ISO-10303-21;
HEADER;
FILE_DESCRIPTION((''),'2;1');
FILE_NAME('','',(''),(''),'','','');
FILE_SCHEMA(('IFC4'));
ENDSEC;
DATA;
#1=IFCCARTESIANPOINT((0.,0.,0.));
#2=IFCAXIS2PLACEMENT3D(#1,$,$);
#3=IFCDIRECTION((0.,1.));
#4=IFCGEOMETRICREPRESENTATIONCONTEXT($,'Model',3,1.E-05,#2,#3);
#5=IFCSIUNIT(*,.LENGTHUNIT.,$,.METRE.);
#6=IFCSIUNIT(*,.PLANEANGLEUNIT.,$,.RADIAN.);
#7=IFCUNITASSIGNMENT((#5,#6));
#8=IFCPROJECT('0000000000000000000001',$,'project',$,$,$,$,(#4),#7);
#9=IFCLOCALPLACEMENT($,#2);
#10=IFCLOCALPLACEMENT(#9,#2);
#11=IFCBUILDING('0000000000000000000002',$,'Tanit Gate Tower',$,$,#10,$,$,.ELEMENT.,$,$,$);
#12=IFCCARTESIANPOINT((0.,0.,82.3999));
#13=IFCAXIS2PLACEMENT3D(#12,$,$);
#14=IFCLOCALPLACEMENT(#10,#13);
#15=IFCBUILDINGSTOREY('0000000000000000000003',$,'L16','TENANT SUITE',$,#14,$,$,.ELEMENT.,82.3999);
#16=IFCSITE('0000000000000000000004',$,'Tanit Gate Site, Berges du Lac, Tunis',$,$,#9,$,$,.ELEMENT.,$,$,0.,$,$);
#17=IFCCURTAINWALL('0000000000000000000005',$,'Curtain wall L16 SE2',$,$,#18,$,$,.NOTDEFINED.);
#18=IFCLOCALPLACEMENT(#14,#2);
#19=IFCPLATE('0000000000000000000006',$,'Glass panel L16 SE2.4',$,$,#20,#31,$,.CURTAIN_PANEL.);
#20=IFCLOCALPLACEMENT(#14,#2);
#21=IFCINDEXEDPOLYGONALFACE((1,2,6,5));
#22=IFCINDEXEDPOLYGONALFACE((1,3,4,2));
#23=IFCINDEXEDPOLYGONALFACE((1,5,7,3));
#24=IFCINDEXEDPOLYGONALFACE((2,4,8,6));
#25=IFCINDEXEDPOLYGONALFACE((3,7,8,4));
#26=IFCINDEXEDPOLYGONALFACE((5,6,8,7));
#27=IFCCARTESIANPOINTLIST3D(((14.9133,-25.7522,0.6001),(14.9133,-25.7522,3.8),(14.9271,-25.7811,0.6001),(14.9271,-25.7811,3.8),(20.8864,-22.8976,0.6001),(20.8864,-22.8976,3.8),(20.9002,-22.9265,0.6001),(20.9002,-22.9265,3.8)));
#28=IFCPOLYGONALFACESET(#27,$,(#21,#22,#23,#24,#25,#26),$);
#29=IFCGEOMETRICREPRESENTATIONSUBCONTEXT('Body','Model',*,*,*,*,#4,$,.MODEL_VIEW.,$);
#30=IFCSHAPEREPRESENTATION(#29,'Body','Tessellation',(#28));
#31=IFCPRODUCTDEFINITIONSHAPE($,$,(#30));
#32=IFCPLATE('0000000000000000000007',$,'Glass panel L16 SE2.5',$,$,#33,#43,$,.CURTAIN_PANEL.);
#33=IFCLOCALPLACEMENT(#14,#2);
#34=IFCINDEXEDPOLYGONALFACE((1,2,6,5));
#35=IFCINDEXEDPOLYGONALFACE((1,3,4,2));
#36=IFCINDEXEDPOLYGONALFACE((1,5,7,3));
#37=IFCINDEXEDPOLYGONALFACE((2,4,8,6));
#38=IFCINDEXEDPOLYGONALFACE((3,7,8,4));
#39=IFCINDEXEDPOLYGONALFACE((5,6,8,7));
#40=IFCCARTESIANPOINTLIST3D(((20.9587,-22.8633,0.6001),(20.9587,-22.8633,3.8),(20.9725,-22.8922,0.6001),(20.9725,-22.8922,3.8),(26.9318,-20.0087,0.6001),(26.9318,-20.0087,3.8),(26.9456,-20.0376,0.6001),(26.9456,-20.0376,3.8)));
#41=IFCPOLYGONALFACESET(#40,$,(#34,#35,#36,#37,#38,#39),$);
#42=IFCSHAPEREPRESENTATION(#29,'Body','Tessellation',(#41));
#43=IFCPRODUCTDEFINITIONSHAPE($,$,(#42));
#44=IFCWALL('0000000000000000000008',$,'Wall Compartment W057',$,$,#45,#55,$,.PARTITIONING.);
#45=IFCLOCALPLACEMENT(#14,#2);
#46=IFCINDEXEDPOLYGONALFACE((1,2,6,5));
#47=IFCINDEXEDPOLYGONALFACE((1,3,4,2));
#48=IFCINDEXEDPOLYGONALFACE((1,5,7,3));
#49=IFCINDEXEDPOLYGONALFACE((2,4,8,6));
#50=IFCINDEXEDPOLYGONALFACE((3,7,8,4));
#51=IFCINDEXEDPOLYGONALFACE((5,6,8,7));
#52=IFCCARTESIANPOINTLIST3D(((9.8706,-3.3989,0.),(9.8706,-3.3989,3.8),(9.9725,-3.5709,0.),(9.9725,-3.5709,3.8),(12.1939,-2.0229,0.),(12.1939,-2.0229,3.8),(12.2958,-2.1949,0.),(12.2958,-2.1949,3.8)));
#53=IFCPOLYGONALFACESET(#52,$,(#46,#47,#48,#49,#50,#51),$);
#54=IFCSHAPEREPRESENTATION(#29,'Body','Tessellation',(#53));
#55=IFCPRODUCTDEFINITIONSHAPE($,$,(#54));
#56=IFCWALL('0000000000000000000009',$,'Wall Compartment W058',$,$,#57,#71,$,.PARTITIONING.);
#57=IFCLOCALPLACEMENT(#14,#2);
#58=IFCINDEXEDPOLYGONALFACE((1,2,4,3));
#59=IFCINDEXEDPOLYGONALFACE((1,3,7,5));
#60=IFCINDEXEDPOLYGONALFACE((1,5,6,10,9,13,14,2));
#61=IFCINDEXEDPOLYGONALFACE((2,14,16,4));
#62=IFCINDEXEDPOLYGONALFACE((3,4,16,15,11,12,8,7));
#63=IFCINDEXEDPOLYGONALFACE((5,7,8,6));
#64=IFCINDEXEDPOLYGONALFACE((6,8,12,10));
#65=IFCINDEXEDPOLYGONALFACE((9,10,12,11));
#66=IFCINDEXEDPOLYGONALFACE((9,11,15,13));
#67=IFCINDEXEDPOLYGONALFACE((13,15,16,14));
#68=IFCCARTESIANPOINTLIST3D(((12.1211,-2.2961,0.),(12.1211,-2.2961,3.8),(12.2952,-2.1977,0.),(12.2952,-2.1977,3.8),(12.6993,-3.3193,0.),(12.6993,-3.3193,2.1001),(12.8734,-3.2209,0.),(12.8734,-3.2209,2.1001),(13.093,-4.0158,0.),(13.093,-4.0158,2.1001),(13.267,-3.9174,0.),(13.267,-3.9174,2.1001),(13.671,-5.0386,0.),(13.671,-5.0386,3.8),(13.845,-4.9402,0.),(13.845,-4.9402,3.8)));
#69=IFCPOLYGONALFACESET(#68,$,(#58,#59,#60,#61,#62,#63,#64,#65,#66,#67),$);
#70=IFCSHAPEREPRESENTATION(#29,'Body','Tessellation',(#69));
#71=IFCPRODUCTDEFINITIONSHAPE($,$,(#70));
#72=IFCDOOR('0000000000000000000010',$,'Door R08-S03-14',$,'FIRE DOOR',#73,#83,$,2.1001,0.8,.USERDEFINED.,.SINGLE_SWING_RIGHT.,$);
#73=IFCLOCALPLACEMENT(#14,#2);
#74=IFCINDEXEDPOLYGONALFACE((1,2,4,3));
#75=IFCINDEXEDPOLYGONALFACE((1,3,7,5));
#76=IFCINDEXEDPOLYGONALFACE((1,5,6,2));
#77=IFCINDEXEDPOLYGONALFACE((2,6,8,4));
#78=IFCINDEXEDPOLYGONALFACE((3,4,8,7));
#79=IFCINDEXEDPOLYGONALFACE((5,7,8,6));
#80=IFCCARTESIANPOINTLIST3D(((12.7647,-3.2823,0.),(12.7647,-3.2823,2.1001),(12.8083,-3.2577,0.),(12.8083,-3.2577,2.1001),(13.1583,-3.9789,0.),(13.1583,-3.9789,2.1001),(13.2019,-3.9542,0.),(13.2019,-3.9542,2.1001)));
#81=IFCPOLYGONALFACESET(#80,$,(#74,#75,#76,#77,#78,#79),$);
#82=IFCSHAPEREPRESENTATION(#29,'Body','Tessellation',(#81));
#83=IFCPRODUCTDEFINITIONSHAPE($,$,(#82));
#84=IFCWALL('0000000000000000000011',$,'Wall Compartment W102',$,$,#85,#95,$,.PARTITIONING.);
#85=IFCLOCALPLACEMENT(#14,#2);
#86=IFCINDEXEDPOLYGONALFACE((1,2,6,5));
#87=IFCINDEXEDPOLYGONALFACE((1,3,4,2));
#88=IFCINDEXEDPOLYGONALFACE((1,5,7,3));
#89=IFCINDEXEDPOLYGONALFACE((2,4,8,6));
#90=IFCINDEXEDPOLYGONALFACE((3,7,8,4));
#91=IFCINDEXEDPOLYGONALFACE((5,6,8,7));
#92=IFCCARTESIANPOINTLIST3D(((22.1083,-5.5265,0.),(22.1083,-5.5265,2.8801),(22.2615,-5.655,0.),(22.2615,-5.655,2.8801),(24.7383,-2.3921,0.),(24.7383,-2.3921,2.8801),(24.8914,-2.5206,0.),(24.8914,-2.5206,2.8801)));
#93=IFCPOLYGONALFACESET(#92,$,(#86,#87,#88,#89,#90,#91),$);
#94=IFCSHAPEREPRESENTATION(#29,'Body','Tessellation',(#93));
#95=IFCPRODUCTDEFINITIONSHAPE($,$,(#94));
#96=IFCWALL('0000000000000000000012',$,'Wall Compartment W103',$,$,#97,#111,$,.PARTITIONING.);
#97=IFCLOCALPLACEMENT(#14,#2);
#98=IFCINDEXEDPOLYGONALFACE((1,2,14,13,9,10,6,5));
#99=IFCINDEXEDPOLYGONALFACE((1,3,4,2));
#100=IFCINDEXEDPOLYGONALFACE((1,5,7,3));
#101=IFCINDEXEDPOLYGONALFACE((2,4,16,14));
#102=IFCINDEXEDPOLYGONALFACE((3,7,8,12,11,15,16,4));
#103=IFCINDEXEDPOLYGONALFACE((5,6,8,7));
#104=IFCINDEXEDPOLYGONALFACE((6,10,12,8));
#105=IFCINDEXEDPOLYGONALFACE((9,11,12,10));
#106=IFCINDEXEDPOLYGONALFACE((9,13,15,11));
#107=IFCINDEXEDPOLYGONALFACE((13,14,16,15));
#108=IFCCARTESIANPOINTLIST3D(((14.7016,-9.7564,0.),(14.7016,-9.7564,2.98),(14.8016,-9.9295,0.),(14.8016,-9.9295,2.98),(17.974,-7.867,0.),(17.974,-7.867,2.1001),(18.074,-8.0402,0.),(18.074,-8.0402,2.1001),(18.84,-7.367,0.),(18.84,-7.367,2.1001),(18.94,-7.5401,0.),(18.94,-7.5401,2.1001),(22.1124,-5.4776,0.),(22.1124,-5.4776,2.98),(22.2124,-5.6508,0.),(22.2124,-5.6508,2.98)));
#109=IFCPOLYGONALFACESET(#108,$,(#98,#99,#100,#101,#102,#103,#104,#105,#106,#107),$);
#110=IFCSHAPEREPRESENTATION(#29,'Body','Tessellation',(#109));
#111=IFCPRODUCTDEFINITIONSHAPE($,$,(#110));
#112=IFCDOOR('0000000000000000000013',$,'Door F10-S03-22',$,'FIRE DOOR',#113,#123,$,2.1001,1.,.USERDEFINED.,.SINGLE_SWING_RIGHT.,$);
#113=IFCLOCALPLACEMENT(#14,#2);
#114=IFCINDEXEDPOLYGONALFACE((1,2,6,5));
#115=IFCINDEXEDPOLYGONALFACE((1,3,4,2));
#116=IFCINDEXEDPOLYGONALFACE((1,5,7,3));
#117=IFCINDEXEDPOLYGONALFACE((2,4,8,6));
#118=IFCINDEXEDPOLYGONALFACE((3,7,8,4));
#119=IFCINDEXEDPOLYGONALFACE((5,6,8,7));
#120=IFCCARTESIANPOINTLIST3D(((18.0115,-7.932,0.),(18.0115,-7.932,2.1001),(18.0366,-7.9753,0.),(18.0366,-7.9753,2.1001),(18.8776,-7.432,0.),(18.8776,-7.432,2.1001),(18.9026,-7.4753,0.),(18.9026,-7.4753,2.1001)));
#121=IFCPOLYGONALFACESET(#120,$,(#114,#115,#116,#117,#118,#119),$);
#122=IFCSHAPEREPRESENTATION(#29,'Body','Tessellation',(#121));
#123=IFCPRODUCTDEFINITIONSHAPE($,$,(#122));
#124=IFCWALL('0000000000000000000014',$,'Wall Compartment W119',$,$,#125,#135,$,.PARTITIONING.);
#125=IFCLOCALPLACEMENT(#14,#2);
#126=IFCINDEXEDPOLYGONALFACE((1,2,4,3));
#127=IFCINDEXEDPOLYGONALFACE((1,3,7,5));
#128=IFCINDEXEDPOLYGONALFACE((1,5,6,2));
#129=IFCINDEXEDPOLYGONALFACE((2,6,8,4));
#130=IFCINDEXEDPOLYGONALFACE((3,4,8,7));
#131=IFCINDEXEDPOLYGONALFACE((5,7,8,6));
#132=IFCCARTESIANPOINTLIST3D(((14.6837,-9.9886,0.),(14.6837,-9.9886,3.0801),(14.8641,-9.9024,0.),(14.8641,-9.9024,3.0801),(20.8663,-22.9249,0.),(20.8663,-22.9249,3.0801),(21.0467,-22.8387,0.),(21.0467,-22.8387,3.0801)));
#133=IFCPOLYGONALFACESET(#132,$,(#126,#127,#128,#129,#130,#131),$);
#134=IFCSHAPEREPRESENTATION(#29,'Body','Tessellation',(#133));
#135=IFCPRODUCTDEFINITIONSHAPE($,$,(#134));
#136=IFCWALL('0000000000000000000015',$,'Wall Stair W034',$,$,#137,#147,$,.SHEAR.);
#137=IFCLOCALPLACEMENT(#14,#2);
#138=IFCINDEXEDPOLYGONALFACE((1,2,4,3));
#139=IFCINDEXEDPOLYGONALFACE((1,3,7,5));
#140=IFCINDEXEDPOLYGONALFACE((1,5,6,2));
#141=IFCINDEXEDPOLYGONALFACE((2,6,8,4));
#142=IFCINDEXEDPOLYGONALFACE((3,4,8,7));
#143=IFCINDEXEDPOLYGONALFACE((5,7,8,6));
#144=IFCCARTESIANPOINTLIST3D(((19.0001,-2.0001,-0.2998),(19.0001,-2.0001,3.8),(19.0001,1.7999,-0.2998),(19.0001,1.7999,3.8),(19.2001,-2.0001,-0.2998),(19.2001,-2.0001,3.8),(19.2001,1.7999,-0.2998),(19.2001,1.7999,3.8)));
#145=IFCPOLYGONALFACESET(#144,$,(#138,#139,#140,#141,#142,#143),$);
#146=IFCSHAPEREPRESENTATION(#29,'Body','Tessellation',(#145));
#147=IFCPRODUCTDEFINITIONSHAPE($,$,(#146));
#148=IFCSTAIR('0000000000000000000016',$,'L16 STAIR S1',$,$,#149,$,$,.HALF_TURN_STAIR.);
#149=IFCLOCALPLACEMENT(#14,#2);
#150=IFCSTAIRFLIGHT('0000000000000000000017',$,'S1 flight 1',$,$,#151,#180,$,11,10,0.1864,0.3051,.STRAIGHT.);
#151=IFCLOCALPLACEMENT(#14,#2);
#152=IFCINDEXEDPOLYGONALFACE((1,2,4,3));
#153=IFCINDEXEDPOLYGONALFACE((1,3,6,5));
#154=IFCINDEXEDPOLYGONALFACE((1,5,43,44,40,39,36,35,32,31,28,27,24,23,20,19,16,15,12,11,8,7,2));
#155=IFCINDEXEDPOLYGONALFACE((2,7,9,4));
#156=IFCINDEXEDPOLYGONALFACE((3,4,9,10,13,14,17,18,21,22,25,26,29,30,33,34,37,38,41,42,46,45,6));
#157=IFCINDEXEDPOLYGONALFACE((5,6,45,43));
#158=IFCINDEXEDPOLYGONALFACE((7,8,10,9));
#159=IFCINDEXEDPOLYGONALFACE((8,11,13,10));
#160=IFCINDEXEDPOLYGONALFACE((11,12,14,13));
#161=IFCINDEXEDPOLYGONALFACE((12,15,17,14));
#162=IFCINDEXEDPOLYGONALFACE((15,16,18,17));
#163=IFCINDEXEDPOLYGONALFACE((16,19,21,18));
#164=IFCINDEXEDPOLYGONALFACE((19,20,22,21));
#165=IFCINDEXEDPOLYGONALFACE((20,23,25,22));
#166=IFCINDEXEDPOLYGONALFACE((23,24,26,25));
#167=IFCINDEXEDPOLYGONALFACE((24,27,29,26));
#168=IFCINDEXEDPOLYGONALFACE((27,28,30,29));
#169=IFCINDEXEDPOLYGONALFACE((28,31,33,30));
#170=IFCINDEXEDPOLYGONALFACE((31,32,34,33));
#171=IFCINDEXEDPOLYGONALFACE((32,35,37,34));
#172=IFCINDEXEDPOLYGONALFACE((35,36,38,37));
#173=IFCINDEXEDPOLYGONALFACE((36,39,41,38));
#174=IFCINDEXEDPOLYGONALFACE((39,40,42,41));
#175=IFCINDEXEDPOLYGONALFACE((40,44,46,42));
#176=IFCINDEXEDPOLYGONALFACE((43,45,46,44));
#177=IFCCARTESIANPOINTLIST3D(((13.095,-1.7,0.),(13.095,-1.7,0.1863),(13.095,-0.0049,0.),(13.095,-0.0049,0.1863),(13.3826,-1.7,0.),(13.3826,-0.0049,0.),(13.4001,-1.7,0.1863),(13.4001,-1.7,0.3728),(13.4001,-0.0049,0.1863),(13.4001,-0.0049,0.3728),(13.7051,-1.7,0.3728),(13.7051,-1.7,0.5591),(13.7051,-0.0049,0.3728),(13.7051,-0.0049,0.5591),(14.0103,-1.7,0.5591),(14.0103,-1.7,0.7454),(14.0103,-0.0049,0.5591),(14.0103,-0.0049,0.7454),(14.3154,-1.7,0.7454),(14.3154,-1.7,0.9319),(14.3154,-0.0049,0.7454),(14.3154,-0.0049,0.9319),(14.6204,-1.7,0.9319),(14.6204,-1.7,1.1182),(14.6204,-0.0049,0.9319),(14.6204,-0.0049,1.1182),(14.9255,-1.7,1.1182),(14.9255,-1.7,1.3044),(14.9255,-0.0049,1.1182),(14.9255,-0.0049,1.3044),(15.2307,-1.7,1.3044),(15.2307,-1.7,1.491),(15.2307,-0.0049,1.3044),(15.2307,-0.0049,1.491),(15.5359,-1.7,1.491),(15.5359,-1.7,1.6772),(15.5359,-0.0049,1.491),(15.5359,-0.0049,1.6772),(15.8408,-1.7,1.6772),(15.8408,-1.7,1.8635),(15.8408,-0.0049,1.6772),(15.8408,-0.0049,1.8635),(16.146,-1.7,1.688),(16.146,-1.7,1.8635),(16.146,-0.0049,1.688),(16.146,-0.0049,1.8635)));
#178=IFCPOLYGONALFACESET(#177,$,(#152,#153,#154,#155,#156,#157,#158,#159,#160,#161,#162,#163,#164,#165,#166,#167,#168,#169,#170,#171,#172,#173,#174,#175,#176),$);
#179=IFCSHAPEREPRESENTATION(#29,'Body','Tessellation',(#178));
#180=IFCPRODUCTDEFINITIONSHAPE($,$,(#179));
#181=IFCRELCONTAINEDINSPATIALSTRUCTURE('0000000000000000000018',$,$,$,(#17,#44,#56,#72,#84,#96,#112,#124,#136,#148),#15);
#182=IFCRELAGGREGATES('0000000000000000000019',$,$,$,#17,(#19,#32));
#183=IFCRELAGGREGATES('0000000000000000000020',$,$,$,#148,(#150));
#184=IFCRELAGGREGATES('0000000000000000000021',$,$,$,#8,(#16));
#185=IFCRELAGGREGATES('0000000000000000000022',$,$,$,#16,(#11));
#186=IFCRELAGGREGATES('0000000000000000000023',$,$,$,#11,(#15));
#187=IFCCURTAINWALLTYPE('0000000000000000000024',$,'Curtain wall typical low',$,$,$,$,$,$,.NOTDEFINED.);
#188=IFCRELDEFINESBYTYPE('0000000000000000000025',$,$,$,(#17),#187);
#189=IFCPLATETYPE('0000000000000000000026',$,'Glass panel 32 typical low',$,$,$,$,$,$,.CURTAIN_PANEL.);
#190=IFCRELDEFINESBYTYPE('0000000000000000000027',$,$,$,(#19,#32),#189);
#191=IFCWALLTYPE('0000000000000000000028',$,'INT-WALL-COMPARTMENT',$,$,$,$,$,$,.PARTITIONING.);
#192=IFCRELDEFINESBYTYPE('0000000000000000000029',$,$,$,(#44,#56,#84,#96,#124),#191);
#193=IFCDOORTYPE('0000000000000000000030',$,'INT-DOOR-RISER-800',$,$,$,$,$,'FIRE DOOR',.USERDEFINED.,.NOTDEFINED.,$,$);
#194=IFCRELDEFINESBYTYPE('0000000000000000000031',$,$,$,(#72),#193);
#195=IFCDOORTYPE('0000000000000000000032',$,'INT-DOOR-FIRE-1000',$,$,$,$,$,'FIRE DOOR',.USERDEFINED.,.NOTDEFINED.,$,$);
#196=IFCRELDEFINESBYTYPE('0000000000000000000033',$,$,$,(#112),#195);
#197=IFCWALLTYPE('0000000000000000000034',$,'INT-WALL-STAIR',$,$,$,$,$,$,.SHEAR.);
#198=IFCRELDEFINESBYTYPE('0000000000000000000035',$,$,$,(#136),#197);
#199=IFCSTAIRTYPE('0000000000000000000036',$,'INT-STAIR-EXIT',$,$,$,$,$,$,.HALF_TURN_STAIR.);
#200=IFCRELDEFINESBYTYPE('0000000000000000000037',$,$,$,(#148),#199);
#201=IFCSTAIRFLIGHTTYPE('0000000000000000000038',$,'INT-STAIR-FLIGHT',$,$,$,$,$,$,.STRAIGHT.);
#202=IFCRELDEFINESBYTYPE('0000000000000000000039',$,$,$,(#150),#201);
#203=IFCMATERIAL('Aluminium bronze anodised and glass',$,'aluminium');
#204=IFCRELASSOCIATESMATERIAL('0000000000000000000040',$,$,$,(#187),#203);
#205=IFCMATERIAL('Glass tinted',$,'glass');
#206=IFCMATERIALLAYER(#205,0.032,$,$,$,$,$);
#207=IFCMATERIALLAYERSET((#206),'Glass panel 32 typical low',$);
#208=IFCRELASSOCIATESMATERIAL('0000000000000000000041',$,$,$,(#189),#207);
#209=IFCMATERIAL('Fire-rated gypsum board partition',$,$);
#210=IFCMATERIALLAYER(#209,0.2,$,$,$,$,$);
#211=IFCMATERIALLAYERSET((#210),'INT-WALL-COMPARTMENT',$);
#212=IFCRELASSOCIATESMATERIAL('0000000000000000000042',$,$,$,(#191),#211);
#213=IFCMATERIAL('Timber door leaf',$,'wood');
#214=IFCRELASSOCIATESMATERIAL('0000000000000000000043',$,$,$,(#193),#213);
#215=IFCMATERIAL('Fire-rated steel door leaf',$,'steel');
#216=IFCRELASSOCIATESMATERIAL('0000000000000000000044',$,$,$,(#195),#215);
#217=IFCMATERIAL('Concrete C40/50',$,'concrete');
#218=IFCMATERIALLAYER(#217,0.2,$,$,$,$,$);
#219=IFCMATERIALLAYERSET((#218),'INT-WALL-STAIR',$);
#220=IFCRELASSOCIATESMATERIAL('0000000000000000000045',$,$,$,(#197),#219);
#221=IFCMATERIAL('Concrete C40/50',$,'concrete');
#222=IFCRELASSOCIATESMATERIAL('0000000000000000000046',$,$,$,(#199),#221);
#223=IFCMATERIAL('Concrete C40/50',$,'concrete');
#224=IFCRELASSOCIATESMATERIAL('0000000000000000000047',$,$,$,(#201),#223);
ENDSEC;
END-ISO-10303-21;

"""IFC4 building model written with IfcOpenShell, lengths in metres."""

from ifc_helpers import new_model, si_unit, direction, frame, frame_2d, origin, origin_2d, place, context, subcontext, project, spatial, polyline, rectangle, outline, extrude, material, layer, layer_set, type_object, element, fill, aggregate, save


model = new_model("IFC4")

# Units and contexts
model_context = context("Model", 3, precision=1e-05, world=origin(), true_north=direction((0.0, 1.0)))
body_context = subcontext(model_context, "Body", "Model", "MODEL_VIEW")
ifc_project = project(units=[si_unit("LENGTHUNIT", "METRE"), si_unit("PLANEANGLEUNIT", "RADIAN")], contexts=[model_context])

# Site, building, storey
site_placement = place(None, origin())
site = spatial("IfcSite", under=ifc_project, at=site_placement, Name="Tanit Gate Site, Berges du Lac, Tunis", CompositionType="ELEMENT", RefElevation=0.0)
building_placement = place(site_placement, origin())
building = spatial("IfcBuilding", under=site, at=building_placement, Name="Tanit Gate Tower", CompositionType="ELEMENT")
storey_placement = place(building_placement, frame((0.0, 0.0, 82.3999)))
storey = spatial("IfcBuildingStorey", under=building, at=storey_placement, Name="L16", Description="TENANT SUITE", CompositionType="ELEMENT", Elevation=82.3999)

# Curtain wall
ifc_material_1 = material(Name="Aluminium bronze anodised and glass", Category="aluminium")
curtain_wall_type = type_object("IfcCurtainWallType", Name="Curtain wall typical low", PredefinedType="NOTDEFINED", material=ifc_material_1)
curtain_wall_placement = place(storey_placement, origin())
curtain_wall = element("IfcCurtainWall", 1, at=curtain_wall_placement, inside=storey, type_object=curtain_wall_type, Name="Curtain wall L16 SE2", PredefinedType="NOTDEFINED")

# Plates
ifc_material_2 = material(Name="Glass tinted", Category="glass")
ifc_layer_1 = layer(ifc_material_2, 0.032)
ifc_layer_set_1 = layer_set([ifc_layer_1], Name="Glass panel 32 typical low")
plate_type = type_object("IfcPlateType", Name="Glass panel 32 typical low", PredefinedType="CURTAIN_PANEL", material=ifc_layer_set_1)
plate_1_placement = place(storey_placement, frame((17.9067, -24.3394, 0.6001), z_axis=(0.0, 0.0, 1.0), x_axis=(0.902258, 0.431197, 0.0)))
plate_1 = element("IfcPlate", 2, at=plate_1_placement, type_object=plate_type, Name="Glass panel L16 SE2.4", PredefinedType="CURTAIN_PANEL", context=body_context, shape_type="SweptSolid", body=[
    extrude(rectangle(XDim=6.6201, YDim=0.032, at=origin_2d()), origin(), (0.0, 0.0, 1.0), 3.2),
])
plate_2_placement = place(storey_placement, frame((23.9521, -21.4504, 0.6001), z_axis=(0.0, 0.0, 1.0), x_axis=(0.902258, 0.431197, 0.0)))
plate_2 = element("IfcPlate", 3, at=plate_2_placement, type_object=plate_type, Name="Glass panel L16 SE2.5", PredefinedType="CURTAIN_PANEL", context=body_context, shape_type="SweptSolid", body=[
    extrude(rectangle(XDim=6.6201, YDim=0.032, at=origin_2d()), origin(), (0.0, 0.0, 1.0), 3.2),
])
aggregate(curtain_wall, [plate_1, plate_2])

# Wall
ifc_material_3 = material(Name="Fire-rated gypsum board partition")
ifc_layer_2 = layer(ifc_material_3, 0.2)
ifc_layer_set_2 = layer_set([ifc_layer_2], Name="INT-WALL-COMPARTMENT")
wall_type_1 = type_object("IfcWallType", Name="INT-WALL-COMPARTMENT", PredefinedType="PARTITIONING", material=ifc_layer_set_2)
wall_1_placement = place(storey_placement, frame((12.2449, -2.1089, 0.0), z_axis=(0.0, 0.0, 1.0), x_axis=(-0.860415, -0.509594, 0.0)))
element("IfcWall", 4, at=wall_1_placement, inside=storey, type_object=wall_type_1, Name="Wall Compartment W057", PredefinedType="PARTITIONING", context=body_context, shape_type="SweptSolid", body=[
    extrude(rectangle(XDim=2.7002, YDim=0.2, at=frame_2d((1.3501, 0.0))), origin(), (0.0, 0.0, 1.0), 3.8),
])

# Wall, opening, door
wall_2_placement = place(storey_placement, frame((13.7581, -4.9895, 0.0), z_axis=(0.0, 0.0, 1.0), x_axis=(-0.491993, 0.870599, 0.0)))
wall_2 = element("IfcWall", 5, at=wall_2_placement, inside=storey, type_object=wall_type_1, Name="Wall Compartment W058", PredefinedType="PARTITIONING", context=body_context, shape_type="SweptSolid", body=[
    extrude(rectangle(XDim=3.1501, YDim=0.2, at=frame_2d((1.5752, 0.0))), origin(), (0.0, 0.0, 1.0), 3.8),
])
opening_1_placement = place(wall_2_placement, frame((1.175, 0.0, 0.0)))
opening_1 = element("IfcOpeningElement", 6, at=opening_1_placement, cuts=wall_2, PredefinedType="OPENING", context=body_context, shape_type="SweptSolid", body=[
    extrude(rectangle(XDim=0.8, YDim=2.1001, at=frame_2d((0.3999, 1.05))), frame((0.0, 0.1099, 0.0), z_axis=(0.0, -1.0, 0.0), x_axis=(1.0, 0.0, 0.0)), (0.0, 0.0, 1.0), 0.22),
])
ifc_material_4 = material(Name="Timber door leaf", Category="wood")
door_type_1 = type_object("IfcDoorType", Name="INT-DOOR-RISER-800", ElementType="FIRE DOOR", OperationType="NOTDEFINED", PredefinedType="USERDEFINED", material=ifc_material_4)
door_1_placement = place(opening_1_placement, origin())
door_1 = element("IfcDoor", 7, at=door_1_placement, inside=storey, type_object=door_type_1, Name="Door R08-S03-14", ObjectType="FIRE DOOR", OperationType="SINGLE_SWING_RIGHT", OverallHeight=2.1001, OverallWidth=0.8, PredefinedType="USERDEFINED", context=body_context, shape_type="SweptSolid", body=[
    extrude(rectangle(XDim=0.8, YDim=2.1001, at=frame_2d((0.3999, 1.05))), frame((0.0, 0.0249, 0.0), z_axis=(0.0, -1.0, 0.0), x_axis=(1.0, 0.0, 0.0)), (0.0, 0.0, 1.0), 0.05),
])
fill(opening_1, door_1)

# Wall
wall_3_placement = place(storey_placement, frame((22.1848, -5.5908, 0.0), z_axis=(0.0, 0.0, 1.0), x_axis=(0.642775, 0.766055, 0.0)))
element("IfcWall", 8, at=wall_3_placement, inside=storey, type_object=wall_type_1, Name="Wall Compartment W102", PredefinedType="PARTITIONING", context=body_context, shape_type="SweptSolid", body=[
    extrude(rectangle(XDim=4.0916, YDim=0.2, at=frame_2d((2.0459, 0.0))), origin(), (0.0, 0.0, 1.0), 2.8801),
])

# Wall, opening, door
wall_4_placement = place(storey_placement, frame((14.7515, -9.843, 0.0), z_axis=(0.0, 0.0, 1.0), x_axis=(0.866019, 0.500011, 0.0)))
wall_4 = element("IfcWall", 9, at=wall_4_placement, inside=storey, type_object=wall_type_1, Name="Wall Compartment W103", PredefinedType="PARTITIONING", context=body_context, shape_type="SweptSolid", body=[
    extrude(rectangle(XDim=8.5574, YDim=0.2, at=frame_2d((4.2788, 0.0))), origin(), (0.0, 0.0, 1.0), 2.98),
])
opening_2_placement = place(wall_4_placement, frame((3.7788, 0.0, 0.0)))
opening_2 = element("IfcOpeningElement", 10, at=opening_2_placement, cuts=wall_4, PredefinedType="OPENING", context=body_context, shape_type="SweptSolid", body=[
    extrude(rectangle(XDim=1.0, YDim=2.1001, at=frame_2d((0.5, 1.05))), frame((0.0, 0.1099, 0.0), z_axis=(0.0, -1.0, 0.0), x_axis=(1.0, 0.0, 0.0)), (0.0, 0.0, 1.0), 0.22),
])
ifc_material_5 = material(Name="Fire-rated steel door leaf", Category="steel")
door_type_2 = type_object("IfcDoorType", Name="INT-DOOR-FIRE-1000", ElementType="FIRE DOOR", OperationType="NOTDEFINED", PredefinedType="USERDEFINED", material=ifc_material_5)
door_2_placement = place(opening_2_placement, origin())
door_2 = element("IfcDoor", 11, at=door_2_placement, inside=storey, type_object=door_type_2, Name="Door F10-S03-22", ObjectType="FIRE DOOR", OperationType="SINGLE_SWING_RIGHT", OverallHeight=2.1001, OverallWidth=1.0, PredefinedType="USERDEFINED", context=body_context, shape_type="SweptSolid", body=[
    extrude(rectangle(XDim=1.0, YDim=2.1001, at=frame_2d((0.5, 1.05))), frame((0.0, 0.0249, 0.0), z_axis=(0.0, -1.0, 0.0), x_axis=(1.0, 0.0, 0.0)), (0.0, 0.0, 1.0), 0.05),
])
fill(opening_2, door_2)

# Walls
wall_5_placement = place(storey_placement, frame((20.9565, -22.8818, 0.0), z_axis=(0.0, 0.0, 1.0), x_axis=(-0.431211, 0.902251, 0.0)))
element("IfcWall", 12, at=wall_5_placement, inside=storey, type_object=wall_type_1, Name="Wall Compartment W119", PredefinedType="PARTITIONING", context=body_context, shape_type="SweptSolid", body=[
    extrude(rectangle(XDim=14.3379, YDim=0.2, at=frame_2d((7.1689, 0.0))), origin(), (0.0, 0.0, 1.0), 3.0801),
])
ifc_material_6 = material(Name="Concrete C40/50", Category="concrete")
ifc_layer_3 = layer(ifc_material_6, 0.2)
ifc_layer_set_3 = layer_set([ifc_layer_3], Name="INT-WALL-STAIR")
wall_type_2 = type_object("IfcWallType", Name="INT-WALL-STAIR", PredefinedType="SHEAR", material=ifc_layer_set_3)
wall_6_placement = place(storey_placement, frame((19.1001, -2.0, -0.2998), z_axis=(0.0, 0.0, 1.0), x_axis=(0.0, 1.0, 0.0)))
element("IfcWall", 13, at=wall_6_placement, inside=storey, type_object=wall_type_2, Name="Wall Stair W034", PredefinedType="SHEAR", context=body_context, shape_type="SweptSolid", body=[
    extrude(rectangle(XDim=3.8, YDim=0.2, at=frame_2d((1.8999, 0.0))), origin(), (0.0, 0.0, 1.0), 4.0999),
])

# Stair, stair flight
ifc_material_7 = material(Name="Concrete C40/50", Category="concrete")
stair_type = type_object("IfcStairType", Name="INT-STAIR-EXIT", PredefinedType="HALF_TURN_STAIR", material=ifc_material_7)
stair_placement = place(storey_placement, origin())
stair = element("IfcStair", 14, at=stair_placement, inside=storey, type_object=stair_type, Name="L16 STAIR S1", PredefinedType="HALF_TURN_STAIR")
ifc_material_8 = material(Name="Concrete C40/50", Category="concrete")
stair_flight_type = type_object("IfcStairFlightType", Name="INT-STAIR-FLIGHT", PredefinedType="STRAIGHT", material=ifc_material_8)
stair_flight_placement = place(storey_placement, frame((13.095, -0.8525, 0.0), z_axis=(0.0, 0.0, 1.0), x_axis=(1.0, 0.0, 0.0)))
stair_flight = element("IfcStairFlight", 15, at=stair_flight_placement, type_object=stair_flight_type, Name="S1 flight 1", NumberOfRisers=11, NumberOfTreads=10, PredefinedType="STRAIGHT", RiserHeight=0.1864, TreadLength=0.3051, context=body_context, shape_type="SweptSolid", body=[
    extrude(outline(polyline([(0.0, 0.0), (0.0, 0.1863), (0.3052, 0.1863), (0.3052, 0.3728), (0.6101, 0.3728), (0.6101, 0.5591), (0.9153, 0.5591), (0.9153, 0.7454), (1.2205, 0.7454), (1.2205, 0.9319), (1.5254, 0.9319), (1.5254, 1.1182), (1.8306, 1.1182), (1.8306, 1.3044), (2.1357, 1.3044), (2.1357, 1.491), (2.4409, 1.491), (2.4409, 1.6772), (2.7458, 1.6772), (2.7458, 1.8635), (3.051, 1.8635), (3.051, 2.05), (3.051, 1.688), (0.2876, 0.0), (0.0, 0.0)])), frame((0.0, 0.8477, 0.0), z_axis=(0.0, -1.0, 0.0), x_axis=(1.0, 0.0, 0.0)), (0.0, 0.0, 1.0), 1.6951),
])
aggregate(stair, [stair_flight])

save(model, "model.ifc")
